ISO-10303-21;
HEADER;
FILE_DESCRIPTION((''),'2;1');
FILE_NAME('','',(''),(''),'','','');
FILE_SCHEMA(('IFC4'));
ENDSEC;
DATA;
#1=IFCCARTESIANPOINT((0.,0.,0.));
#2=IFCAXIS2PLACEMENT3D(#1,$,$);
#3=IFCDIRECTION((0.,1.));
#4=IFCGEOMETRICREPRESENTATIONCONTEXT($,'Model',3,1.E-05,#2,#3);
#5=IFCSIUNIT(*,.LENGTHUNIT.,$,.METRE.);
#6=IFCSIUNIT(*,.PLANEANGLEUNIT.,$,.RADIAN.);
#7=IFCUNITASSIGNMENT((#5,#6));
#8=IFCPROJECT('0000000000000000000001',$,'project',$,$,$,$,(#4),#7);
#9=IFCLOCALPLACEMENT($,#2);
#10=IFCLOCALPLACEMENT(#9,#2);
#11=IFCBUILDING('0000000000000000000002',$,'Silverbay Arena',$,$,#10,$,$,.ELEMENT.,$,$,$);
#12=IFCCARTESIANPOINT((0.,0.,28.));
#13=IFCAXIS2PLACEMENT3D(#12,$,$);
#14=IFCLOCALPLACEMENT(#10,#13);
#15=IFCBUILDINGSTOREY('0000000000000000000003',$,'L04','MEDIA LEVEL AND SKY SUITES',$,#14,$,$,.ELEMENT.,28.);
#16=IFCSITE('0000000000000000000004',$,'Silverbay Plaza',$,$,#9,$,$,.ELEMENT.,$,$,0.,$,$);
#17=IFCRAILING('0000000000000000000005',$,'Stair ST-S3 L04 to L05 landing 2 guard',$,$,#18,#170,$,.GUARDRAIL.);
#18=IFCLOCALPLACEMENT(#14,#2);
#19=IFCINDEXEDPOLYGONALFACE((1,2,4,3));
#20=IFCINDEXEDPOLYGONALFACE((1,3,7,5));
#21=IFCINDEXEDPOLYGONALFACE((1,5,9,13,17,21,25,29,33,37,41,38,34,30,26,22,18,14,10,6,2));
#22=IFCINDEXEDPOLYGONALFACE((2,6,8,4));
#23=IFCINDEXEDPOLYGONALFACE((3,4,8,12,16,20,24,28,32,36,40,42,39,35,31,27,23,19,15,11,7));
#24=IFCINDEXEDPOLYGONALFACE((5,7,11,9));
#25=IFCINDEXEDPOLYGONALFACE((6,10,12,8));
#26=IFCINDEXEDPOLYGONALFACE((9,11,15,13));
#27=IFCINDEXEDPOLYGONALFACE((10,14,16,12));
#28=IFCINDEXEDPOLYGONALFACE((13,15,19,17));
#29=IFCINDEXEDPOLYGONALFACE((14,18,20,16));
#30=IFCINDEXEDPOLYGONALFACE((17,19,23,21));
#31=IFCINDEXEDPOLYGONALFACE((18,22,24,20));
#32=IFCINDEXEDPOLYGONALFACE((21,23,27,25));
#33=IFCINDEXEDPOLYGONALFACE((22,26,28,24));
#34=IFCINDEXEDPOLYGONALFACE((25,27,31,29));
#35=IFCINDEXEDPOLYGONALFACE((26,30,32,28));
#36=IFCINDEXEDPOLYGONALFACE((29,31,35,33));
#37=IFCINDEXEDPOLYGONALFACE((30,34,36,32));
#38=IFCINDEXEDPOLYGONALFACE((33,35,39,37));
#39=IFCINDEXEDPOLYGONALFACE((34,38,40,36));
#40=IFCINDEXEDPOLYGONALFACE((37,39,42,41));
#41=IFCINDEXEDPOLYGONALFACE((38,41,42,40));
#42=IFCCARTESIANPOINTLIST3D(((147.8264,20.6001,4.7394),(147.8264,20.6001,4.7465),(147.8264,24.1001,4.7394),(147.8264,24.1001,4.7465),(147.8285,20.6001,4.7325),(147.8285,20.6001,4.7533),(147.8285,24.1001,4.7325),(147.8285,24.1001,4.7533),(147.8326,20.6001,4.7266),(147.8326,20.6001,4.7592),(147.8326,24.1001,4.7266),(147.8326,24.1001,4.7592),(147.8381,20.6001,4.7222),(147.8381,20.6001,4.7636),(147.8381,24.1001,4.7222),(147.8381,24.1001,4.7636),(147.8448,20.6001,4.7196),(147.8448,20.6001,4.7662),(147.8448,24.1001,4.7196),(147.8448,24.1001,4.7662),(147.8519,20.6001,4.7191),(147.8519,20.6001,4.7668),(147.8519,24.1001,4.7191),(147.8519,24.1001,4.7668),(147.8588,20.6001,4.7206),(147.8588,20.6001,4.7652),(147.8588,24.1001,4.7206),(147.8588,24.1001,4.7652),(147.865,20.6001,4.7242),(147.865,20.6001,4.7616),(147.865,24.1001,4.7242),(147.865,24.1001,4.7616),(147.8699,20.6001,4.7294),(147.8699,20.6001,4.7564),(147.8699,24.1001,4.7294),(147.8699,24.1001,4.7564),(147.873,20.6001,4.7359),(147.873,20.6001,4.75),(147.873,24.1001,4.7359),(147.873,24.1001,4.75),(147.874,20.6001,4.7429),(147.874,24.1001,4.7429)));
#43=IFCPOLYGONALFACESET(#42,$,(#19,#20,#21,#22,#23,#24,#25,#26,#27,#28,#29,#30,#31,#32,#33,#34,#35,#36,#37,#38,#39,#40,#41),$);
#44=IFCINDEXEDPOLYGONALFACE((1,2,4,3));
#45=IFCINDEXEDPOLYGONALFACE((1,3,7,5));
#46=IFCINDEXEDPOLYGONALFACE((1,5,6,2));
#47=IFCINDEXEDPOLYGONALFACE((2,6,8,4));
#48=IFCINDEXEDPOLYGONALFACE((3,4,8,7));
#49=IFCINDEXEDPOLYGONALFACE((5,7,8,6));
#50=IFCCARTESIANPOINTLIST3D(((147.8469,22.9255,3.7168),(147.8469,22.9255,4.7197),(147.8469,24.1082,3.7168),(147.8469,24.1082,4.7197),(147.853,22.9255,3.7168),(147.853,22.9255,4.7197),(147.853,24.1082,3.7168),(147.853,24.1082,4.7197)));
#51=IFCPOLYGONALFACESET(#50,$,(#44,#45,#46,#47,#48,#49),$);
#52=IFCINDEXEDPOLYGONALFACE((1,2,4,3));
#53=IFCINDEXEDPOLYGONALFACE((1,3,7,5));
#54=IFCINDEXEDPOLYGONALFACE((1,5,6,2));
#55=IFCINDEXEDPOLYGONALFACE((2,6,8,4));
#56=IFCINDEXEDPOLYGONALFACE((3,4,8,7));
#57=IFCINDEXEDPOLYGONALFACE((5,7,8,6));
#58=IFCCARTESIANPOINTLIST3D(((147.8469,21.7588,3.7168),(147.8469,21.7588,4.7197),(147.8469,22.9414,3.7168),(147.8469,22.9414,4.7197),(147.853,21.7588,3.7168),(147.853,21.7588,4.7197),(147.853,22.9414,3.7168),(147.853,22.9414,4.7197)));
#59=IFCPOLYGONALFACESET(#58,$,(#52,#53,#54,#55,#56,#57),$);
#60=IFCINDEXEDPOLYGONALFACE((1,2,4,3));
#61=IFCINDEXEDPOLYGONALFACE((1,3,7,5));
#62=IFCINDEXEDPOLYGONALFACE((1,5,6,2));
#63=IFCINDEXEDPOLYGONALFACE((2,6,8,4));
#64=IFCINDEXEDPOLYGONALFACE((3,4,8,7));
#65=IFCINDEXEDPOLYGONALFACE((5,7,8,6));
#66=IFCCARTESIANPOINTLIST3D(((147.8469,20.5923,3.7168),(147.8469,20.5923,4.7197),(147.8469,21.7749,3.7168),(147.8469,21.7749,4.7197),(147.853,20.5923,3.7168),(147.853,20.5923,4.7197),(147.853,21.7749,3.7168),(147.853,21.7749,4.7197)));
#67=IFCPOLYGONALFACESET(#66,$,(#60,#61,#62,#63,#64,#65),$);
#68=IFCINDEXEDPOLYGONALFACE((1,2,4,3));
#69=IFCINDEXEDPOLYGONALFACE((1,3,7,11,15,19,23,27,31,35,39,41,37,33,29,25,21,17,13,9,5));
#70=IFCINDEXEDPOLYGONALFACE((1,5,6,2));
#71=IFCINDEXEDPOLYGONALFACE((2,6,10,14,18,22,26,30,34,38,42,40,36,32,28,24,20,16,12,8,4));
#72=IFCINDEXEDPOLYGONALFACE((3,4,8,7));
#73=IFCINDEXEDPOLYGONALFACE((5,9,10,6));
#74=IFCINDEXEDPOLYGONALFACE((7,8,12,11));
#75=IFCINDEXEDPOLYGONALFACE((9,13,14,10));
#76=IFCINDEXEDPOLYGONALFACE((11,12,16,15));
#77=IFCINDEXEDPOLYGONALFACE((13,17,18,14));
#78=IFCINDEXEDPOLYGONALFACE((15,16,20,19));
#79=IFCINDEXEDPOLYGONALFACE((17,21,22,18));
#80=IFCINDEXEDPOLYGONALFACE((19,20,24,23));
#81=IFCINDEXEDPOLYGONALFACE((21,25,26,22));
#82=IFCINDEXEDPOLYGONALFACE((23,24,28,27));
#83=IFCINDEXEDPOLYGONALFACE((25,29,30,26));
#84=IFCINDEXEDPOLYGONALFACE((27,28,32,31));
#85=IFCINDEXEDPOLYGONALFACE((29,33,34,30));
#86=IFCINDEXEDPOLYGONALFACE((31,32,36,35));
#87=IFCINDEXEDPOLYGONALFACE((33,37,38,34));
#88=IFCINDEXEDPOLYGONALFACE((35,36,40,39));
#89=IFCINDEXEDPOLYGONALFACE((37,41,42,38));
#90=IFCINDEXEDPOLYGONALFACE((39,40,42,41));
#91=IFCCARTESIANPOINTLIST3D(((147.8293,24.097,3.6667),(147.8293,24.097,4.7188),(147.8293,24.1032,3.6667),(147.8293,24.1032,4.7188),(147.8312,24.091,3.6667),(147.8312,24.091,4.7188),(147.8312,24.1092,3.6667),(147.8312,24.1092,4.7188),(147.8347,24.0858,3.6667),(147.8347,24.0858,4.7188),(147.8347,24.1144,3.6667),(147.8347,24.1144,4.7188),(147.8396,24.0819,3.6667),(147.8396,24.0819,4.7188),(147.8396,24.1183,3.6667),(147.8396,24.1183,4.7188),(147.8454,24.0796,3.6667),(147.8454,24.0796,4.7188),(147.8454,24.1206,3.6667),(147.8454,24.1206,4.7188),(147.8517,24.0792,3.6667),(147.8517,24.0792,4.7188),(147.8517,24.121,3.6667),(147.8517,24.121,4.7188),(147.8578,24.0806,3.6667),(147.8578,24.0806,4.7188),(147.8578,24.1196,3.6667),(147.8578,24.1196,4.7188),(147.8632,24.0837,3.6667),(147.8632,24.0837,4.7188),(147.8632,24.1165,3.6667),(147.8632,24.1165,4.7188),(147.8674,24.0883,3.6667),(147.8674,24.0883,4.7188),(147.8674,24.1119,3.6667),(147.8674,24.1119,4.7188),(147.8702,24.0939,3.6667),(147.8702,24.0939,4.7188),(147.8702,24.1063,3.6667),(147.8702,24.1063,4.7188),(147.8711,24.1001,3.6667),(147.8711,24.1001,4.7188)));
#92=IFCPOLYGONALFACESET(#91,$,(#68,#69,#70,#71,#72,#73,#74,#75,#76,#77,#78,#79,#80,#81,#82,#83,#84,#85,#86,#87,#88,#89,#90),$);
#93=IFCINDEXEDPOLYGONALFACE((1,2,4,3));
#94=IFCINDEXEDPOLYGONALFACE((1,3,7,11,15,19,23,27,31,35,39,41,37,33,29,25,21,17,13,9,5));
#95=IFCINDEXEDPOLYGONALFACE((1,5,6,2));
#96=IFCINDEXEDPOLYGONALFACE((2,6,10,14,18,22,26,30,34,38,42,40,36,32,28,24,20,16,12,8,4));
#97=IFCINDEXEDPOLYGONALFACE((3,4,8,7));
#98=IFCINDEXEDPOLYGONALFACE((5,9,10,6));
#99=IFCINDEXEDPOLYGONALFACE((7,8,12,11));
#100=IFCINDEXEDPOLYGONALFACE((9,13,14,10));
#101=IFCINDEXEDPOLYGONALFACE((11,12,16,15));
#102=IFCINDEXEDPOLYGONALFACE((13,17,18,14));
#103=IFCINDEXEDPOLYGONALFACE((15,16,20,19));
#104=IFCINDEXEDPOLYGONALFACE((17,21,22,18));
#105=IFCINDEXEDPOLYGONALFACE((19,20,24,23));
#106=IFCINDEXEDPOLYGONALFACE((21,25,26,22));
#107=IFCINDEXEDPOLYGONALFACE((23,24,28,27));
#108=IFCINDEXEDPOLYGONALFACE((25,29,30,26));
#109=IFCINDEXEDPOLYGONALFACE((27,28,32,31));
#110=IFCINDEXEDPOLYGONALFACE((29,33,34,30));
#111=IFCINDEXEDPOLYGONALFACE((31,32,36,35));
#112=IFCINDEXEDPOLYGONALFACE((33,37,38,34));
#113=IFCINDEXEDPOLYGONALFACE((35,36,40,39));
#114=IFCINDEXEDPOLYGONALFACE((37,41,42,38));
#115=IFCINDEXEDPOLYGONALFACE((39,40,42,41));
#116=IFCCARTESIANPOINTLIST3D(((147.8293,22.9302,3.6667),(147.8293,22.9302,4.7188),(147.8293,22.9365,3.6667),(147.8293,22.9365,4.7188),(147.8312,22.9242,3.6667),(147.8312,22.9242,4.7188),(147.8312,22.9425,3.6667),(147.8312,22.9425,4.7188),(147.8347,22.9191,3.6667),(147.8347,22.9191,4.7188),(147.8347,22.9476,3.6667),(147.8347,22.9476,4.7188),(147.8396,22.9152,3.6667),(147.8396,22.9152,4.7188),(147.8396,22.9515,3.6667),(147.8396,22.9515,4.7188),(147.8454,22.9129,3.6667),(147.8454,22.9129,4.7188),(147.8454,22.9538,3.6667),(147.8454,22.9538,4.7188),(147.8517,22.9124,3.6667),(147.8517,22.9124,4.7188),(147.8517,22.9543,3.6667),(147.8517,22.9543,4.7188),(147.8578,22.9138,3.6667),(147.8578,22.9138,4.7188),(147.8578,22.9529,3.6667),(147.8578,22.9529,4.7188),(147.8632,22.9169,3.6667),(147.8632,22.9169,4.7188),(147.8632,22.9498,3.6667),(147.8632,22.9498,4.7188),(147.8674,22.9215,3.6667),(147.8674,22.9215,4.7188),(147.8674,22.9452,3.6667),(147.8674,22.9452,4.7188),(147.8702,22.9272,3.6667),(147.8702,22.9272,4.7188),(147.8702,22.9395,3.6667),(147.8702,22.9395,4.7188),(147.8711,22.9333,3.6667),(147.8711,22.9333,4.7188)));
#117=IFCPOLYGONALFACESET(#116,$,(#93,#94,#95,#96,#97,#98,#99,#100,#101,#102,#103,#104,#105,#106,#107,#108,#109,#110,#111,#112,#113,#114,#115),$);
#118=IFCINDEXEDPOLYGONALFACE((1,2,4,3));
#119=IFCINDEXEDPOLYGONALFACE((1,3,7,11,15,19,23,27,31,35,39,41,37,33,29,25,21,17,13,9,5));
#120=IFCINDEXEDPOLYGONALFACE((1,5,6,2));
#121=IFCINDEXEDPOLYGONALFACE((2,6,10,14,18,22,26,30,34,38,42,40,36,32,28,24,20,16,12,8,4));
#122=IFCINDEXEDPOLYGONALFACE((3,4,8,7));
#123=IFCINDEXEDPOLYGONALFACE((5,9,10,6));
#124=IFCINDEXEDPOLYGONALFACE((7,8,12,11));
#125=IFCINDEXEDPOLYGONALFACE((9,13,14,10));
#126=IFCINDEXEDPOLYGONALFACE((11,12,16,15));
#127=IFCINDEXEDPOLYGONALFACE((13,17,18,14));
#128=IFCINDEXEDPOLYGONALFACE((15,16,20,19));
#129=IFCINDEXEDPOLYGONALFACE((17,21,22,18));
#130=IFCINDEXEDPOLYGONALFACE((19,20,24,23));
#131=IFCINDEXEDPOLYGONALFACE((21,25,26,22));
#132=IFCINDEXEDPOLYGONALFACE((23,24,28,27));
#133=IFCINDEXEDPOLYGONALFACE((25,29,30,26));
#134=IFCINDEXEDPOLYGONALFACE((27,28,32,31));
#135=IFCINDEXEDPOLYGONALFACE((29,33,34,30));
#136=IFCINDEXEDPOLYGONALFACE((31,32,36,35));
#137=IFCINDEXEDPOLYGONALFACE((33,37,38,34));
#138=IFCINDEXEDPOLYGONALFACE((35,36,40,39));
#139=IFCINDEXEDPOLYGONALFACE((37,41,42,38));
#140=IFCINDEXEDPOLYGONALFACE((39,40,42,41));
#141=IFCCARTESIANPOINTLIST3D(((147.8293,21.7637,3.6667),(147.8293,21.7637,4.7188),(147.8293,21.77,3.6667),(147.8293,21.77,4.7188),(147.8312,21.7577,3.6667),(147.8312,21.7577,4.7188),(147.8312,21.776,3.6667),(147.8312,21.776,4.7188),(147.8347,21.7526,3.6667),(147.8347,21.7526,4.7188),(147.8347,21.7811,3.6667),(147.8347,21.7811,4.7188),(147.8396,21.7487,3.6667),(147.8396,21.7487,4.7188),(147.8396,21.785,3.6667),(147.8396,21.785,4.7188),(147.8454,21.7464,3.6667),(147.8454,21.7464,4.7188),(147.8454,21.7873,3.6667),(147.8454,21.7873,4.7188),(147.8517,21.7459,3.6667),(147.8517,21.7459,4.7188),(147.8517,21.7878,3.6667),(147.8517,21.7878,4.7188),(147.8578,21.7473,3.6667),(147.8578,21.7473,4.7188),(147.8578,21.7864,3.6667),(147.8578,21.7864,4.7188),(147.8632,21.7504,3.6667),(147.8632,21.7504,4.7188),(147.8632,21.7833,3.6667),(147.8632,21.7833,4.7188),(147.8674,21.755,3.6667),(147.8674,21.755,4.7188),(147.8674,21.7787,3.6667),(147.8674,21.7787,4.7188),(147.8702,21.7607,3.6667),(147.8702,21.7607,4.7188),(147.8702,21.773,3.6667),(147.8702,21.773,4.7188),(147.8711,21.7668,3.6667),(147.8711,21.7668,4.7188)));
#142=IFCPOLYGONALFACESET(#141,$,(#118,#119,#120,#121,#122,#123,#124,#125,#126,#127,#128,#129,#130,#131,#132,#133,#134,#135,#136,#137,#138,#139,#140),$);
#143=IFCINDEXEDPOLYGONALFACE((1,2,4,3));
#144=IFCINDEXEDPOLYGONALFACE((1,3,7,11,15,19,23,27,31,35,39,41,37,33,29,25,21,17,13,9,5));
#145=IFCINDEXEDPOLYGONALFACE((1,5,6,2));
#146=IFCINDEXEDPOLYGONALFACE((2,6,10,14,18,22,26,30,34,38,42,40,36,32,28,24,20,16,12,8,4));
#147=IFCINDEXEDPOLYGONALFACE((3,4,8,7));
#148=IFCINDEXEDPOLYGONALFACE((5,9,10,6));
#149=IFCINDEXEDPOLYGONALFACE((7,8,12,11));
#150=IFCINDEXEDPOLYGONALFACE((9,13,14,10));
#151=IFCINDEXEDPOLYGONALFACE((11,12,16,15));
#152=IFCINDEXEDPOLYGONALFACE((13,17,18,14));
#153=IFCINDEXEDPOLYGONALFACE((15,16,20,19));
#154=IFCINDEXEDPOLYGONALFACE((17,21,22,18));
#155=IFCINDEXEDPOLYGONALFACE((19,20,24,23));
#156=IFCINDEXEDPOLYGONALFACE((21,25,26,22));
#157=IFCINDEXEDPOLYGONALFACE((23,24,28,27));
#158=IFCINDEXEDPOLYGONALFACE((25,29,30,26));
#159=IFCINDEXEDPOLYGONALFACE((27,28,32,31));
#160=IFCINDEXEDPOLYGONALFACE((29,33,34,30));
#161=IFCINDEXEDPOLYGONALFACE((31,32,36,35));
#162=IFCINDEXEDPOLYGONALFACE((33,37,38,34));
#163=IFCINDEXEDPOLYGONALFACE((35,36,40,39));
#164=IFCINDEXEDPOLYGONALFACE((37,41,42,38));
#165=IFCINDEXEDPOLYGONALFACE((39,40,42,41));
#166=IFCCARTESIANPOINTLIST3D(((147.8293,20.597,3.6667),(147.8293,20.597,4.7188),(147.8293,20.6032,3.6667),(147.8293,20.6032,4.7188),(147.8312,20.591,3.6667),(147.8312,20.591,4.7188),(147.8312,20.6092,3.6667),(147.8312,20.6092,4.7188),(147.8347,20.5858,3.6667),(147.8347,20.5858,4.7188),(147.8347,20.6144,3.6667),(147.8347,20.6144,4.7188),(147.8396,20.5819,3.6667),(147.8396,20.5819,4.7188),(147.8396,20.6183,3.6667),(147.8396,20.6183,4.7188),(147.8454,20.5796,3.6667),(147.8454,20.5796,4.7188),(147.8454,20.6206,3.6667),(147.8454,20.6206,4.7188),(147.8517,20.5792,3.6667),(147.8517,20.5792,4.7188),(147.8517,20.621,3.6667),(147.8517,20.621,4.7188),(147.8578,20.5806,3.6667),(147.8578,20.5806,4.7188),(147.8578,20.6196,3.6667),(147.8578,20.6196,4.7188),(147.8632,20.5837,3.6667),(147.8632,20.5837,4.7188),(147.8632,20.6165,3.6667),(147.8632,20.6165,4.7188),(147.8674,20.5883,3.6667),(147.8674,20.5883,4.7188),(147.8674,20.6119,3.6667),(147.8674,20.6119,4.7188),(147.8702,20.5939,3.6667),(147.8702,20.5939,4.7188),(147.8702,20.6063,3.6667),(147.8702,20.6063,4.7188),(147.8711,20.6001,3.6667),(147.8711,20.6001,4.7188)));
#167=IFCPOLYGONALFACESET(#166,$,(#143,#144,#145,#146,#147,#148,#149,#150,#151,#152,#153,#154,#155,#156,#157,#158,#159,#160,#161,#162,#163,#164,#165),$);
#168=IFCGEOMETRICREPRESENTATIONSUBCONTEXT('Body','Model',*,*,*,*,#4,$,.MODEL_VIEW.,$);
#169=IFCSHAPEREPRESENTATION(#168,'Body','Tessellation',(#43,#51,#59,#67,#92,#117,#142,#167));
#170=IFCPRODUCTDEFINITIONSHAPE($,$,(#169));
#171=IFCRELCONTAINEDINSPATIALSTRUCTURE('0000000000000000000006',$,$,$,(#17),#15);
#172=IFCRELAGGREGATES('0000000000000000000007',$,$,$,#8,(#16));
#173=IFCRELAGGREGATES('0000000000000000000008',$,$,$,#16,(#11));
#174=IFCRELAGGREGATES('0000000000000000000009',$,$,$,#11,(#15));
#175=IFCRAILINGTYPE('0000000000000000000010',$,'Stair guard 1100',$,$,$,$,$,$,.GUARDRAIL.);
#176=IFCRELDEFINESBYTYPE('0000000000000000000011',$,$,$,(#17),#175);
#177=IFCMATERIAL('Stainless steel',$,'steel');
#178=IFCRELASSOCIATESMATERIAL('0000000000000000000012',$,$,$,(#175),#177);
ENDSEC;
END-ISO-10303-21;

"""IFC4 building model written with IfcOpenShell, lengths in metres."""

from ifc_helpers import new_model, si_unit, direction, frame, origin, origin_2d, place, context, subcontext, project, spatial, polyline, circle, outline, extrude, material, type_object, element, save


model = new_model("IFC4")

# Units and contexts
model_context = context("Model", 3, precision=1e-05, world=origin(), true_north=direction((0.0, 1.0)))
body_context = subcontext(model_context, "Body", "Model", "MODEL_VIEW")
ifc_project = project(units=[si_unit("LENGTHUNIT", "METRE"), si_unit("PLANEANGLEUNIT", "RADIAN")], contexts=[model_context])

# Site, building, storey
site_placement = place(None, origin())
site = spatial("IfcSite", under=ifc_project, at=site_placement, Name="Silverbay Plaza", CompositionType="ELEMENT", RefElevation=0.0)
building_placement = place(site_placement, origin())
building = spatial("IfcBuilding", under=site, at=building_placement, Name="Silverbay Arena", CompositionType="ELEMENT")
storey_placement = place(building_placement, frame((0.0, 0.0, 28.0)))
storey = spatial("IfcBuildingStorey", under=building, at=storey_placement, Name="L04", Description="MEDIA LEVEL AND SKY SUITES", CompositionType="ELEMENT", Elevation=28.0)

# Railing
ifc_material_1 = material(Name="Stainless steel", Category="steel")
railing_type_1 = type_object("IfcRailingType", Name="Stair guard 1100", PredefinedType="GUARDRAIL", material=ifc_material_1)
for number, where, name in (
    (1, (147.8501, 24.1001, 3.6667), "Stair ST-S3 L04 to L05 landing 2 guard"),
):
    element("IfcRailing", number, at=place(storey_placement, frame(where)), inside=storey, type_object=railing_type_1, Name=name, PredefinedType="GUARDRAIL", context=body_context, shape_type="SweptSolid", body=[
        extrude(circle(Radius=0.0239, at=origin_2d()), frame((0.0, 0.0, 1.0762), z_axis=(0.0, -1.0, 0.0), x_axis=(1.0, 0.0, 0.0)), (0.0, 0.0, 1.0), 3.5),
        extrude(outline(polyline([(-0.0081, 0.05), (1.1746, 0.05), (1.1746, 1.053), (-0.0081, 1.053), (-0.0081, 0.05)])), frame((0.0029, 0.0, 0.0), z_axis=(-1.0, 0.0, 0.0), x_axis=(0.0, -1.0, 0.0)), (0.0, 0.0, 1.0), 0.0061),
        extrude(outline(polyline([(-0.0081, 0.05), (1.1746, 0.05), (1.1746, 1.053), (-0.0081, 1.053), (-0.0081, 0.05)])), frame((0.0029, -1.1667, 0.0), z_axis=(-1.0, 0.0, 0.0), x_axis=(0.0, -1.0, 0.0)), (0.0, 0.0, 1.0), 0.0061),
        extrude(outline(polyline([(-0.0081, 0.05), (1.1746, 0.05), (1.1746, 1.053), (-0.0081, 1.053), (-0.0081, 0.05)])), frame((0.0029, -2.3333, 0.0), z_axis=(-1.0, 0.0, 0.0), x_axis=(0.0, -1.0, 0.0)), (0.0, 0.0, 1.0), 0.0061),
        extrude(circle(Radius=0.021, at=origin_2d()), origin(), (0.0, 0.0, 1.0), 1.052),
        extrude(circle(Radius=0.021, at=origin_2d()), frame((0.0, -1.1667, 0.0)), (0.0, 0.0, 1.0), 1.052),
        extrude(circle(Radius=0.021, at=origin_2d()), frame((0.0, -2.3333, 0.0)), (0.0, 0.0, 1.0), 1.052),
        extrude(circle(Radius=0.021, at=origin_2d()), frame((0.0, -3.5, 0.0)), (0.0, 0.0, 1.0), 1.052),
    ])

save(model, "model.ifc")
